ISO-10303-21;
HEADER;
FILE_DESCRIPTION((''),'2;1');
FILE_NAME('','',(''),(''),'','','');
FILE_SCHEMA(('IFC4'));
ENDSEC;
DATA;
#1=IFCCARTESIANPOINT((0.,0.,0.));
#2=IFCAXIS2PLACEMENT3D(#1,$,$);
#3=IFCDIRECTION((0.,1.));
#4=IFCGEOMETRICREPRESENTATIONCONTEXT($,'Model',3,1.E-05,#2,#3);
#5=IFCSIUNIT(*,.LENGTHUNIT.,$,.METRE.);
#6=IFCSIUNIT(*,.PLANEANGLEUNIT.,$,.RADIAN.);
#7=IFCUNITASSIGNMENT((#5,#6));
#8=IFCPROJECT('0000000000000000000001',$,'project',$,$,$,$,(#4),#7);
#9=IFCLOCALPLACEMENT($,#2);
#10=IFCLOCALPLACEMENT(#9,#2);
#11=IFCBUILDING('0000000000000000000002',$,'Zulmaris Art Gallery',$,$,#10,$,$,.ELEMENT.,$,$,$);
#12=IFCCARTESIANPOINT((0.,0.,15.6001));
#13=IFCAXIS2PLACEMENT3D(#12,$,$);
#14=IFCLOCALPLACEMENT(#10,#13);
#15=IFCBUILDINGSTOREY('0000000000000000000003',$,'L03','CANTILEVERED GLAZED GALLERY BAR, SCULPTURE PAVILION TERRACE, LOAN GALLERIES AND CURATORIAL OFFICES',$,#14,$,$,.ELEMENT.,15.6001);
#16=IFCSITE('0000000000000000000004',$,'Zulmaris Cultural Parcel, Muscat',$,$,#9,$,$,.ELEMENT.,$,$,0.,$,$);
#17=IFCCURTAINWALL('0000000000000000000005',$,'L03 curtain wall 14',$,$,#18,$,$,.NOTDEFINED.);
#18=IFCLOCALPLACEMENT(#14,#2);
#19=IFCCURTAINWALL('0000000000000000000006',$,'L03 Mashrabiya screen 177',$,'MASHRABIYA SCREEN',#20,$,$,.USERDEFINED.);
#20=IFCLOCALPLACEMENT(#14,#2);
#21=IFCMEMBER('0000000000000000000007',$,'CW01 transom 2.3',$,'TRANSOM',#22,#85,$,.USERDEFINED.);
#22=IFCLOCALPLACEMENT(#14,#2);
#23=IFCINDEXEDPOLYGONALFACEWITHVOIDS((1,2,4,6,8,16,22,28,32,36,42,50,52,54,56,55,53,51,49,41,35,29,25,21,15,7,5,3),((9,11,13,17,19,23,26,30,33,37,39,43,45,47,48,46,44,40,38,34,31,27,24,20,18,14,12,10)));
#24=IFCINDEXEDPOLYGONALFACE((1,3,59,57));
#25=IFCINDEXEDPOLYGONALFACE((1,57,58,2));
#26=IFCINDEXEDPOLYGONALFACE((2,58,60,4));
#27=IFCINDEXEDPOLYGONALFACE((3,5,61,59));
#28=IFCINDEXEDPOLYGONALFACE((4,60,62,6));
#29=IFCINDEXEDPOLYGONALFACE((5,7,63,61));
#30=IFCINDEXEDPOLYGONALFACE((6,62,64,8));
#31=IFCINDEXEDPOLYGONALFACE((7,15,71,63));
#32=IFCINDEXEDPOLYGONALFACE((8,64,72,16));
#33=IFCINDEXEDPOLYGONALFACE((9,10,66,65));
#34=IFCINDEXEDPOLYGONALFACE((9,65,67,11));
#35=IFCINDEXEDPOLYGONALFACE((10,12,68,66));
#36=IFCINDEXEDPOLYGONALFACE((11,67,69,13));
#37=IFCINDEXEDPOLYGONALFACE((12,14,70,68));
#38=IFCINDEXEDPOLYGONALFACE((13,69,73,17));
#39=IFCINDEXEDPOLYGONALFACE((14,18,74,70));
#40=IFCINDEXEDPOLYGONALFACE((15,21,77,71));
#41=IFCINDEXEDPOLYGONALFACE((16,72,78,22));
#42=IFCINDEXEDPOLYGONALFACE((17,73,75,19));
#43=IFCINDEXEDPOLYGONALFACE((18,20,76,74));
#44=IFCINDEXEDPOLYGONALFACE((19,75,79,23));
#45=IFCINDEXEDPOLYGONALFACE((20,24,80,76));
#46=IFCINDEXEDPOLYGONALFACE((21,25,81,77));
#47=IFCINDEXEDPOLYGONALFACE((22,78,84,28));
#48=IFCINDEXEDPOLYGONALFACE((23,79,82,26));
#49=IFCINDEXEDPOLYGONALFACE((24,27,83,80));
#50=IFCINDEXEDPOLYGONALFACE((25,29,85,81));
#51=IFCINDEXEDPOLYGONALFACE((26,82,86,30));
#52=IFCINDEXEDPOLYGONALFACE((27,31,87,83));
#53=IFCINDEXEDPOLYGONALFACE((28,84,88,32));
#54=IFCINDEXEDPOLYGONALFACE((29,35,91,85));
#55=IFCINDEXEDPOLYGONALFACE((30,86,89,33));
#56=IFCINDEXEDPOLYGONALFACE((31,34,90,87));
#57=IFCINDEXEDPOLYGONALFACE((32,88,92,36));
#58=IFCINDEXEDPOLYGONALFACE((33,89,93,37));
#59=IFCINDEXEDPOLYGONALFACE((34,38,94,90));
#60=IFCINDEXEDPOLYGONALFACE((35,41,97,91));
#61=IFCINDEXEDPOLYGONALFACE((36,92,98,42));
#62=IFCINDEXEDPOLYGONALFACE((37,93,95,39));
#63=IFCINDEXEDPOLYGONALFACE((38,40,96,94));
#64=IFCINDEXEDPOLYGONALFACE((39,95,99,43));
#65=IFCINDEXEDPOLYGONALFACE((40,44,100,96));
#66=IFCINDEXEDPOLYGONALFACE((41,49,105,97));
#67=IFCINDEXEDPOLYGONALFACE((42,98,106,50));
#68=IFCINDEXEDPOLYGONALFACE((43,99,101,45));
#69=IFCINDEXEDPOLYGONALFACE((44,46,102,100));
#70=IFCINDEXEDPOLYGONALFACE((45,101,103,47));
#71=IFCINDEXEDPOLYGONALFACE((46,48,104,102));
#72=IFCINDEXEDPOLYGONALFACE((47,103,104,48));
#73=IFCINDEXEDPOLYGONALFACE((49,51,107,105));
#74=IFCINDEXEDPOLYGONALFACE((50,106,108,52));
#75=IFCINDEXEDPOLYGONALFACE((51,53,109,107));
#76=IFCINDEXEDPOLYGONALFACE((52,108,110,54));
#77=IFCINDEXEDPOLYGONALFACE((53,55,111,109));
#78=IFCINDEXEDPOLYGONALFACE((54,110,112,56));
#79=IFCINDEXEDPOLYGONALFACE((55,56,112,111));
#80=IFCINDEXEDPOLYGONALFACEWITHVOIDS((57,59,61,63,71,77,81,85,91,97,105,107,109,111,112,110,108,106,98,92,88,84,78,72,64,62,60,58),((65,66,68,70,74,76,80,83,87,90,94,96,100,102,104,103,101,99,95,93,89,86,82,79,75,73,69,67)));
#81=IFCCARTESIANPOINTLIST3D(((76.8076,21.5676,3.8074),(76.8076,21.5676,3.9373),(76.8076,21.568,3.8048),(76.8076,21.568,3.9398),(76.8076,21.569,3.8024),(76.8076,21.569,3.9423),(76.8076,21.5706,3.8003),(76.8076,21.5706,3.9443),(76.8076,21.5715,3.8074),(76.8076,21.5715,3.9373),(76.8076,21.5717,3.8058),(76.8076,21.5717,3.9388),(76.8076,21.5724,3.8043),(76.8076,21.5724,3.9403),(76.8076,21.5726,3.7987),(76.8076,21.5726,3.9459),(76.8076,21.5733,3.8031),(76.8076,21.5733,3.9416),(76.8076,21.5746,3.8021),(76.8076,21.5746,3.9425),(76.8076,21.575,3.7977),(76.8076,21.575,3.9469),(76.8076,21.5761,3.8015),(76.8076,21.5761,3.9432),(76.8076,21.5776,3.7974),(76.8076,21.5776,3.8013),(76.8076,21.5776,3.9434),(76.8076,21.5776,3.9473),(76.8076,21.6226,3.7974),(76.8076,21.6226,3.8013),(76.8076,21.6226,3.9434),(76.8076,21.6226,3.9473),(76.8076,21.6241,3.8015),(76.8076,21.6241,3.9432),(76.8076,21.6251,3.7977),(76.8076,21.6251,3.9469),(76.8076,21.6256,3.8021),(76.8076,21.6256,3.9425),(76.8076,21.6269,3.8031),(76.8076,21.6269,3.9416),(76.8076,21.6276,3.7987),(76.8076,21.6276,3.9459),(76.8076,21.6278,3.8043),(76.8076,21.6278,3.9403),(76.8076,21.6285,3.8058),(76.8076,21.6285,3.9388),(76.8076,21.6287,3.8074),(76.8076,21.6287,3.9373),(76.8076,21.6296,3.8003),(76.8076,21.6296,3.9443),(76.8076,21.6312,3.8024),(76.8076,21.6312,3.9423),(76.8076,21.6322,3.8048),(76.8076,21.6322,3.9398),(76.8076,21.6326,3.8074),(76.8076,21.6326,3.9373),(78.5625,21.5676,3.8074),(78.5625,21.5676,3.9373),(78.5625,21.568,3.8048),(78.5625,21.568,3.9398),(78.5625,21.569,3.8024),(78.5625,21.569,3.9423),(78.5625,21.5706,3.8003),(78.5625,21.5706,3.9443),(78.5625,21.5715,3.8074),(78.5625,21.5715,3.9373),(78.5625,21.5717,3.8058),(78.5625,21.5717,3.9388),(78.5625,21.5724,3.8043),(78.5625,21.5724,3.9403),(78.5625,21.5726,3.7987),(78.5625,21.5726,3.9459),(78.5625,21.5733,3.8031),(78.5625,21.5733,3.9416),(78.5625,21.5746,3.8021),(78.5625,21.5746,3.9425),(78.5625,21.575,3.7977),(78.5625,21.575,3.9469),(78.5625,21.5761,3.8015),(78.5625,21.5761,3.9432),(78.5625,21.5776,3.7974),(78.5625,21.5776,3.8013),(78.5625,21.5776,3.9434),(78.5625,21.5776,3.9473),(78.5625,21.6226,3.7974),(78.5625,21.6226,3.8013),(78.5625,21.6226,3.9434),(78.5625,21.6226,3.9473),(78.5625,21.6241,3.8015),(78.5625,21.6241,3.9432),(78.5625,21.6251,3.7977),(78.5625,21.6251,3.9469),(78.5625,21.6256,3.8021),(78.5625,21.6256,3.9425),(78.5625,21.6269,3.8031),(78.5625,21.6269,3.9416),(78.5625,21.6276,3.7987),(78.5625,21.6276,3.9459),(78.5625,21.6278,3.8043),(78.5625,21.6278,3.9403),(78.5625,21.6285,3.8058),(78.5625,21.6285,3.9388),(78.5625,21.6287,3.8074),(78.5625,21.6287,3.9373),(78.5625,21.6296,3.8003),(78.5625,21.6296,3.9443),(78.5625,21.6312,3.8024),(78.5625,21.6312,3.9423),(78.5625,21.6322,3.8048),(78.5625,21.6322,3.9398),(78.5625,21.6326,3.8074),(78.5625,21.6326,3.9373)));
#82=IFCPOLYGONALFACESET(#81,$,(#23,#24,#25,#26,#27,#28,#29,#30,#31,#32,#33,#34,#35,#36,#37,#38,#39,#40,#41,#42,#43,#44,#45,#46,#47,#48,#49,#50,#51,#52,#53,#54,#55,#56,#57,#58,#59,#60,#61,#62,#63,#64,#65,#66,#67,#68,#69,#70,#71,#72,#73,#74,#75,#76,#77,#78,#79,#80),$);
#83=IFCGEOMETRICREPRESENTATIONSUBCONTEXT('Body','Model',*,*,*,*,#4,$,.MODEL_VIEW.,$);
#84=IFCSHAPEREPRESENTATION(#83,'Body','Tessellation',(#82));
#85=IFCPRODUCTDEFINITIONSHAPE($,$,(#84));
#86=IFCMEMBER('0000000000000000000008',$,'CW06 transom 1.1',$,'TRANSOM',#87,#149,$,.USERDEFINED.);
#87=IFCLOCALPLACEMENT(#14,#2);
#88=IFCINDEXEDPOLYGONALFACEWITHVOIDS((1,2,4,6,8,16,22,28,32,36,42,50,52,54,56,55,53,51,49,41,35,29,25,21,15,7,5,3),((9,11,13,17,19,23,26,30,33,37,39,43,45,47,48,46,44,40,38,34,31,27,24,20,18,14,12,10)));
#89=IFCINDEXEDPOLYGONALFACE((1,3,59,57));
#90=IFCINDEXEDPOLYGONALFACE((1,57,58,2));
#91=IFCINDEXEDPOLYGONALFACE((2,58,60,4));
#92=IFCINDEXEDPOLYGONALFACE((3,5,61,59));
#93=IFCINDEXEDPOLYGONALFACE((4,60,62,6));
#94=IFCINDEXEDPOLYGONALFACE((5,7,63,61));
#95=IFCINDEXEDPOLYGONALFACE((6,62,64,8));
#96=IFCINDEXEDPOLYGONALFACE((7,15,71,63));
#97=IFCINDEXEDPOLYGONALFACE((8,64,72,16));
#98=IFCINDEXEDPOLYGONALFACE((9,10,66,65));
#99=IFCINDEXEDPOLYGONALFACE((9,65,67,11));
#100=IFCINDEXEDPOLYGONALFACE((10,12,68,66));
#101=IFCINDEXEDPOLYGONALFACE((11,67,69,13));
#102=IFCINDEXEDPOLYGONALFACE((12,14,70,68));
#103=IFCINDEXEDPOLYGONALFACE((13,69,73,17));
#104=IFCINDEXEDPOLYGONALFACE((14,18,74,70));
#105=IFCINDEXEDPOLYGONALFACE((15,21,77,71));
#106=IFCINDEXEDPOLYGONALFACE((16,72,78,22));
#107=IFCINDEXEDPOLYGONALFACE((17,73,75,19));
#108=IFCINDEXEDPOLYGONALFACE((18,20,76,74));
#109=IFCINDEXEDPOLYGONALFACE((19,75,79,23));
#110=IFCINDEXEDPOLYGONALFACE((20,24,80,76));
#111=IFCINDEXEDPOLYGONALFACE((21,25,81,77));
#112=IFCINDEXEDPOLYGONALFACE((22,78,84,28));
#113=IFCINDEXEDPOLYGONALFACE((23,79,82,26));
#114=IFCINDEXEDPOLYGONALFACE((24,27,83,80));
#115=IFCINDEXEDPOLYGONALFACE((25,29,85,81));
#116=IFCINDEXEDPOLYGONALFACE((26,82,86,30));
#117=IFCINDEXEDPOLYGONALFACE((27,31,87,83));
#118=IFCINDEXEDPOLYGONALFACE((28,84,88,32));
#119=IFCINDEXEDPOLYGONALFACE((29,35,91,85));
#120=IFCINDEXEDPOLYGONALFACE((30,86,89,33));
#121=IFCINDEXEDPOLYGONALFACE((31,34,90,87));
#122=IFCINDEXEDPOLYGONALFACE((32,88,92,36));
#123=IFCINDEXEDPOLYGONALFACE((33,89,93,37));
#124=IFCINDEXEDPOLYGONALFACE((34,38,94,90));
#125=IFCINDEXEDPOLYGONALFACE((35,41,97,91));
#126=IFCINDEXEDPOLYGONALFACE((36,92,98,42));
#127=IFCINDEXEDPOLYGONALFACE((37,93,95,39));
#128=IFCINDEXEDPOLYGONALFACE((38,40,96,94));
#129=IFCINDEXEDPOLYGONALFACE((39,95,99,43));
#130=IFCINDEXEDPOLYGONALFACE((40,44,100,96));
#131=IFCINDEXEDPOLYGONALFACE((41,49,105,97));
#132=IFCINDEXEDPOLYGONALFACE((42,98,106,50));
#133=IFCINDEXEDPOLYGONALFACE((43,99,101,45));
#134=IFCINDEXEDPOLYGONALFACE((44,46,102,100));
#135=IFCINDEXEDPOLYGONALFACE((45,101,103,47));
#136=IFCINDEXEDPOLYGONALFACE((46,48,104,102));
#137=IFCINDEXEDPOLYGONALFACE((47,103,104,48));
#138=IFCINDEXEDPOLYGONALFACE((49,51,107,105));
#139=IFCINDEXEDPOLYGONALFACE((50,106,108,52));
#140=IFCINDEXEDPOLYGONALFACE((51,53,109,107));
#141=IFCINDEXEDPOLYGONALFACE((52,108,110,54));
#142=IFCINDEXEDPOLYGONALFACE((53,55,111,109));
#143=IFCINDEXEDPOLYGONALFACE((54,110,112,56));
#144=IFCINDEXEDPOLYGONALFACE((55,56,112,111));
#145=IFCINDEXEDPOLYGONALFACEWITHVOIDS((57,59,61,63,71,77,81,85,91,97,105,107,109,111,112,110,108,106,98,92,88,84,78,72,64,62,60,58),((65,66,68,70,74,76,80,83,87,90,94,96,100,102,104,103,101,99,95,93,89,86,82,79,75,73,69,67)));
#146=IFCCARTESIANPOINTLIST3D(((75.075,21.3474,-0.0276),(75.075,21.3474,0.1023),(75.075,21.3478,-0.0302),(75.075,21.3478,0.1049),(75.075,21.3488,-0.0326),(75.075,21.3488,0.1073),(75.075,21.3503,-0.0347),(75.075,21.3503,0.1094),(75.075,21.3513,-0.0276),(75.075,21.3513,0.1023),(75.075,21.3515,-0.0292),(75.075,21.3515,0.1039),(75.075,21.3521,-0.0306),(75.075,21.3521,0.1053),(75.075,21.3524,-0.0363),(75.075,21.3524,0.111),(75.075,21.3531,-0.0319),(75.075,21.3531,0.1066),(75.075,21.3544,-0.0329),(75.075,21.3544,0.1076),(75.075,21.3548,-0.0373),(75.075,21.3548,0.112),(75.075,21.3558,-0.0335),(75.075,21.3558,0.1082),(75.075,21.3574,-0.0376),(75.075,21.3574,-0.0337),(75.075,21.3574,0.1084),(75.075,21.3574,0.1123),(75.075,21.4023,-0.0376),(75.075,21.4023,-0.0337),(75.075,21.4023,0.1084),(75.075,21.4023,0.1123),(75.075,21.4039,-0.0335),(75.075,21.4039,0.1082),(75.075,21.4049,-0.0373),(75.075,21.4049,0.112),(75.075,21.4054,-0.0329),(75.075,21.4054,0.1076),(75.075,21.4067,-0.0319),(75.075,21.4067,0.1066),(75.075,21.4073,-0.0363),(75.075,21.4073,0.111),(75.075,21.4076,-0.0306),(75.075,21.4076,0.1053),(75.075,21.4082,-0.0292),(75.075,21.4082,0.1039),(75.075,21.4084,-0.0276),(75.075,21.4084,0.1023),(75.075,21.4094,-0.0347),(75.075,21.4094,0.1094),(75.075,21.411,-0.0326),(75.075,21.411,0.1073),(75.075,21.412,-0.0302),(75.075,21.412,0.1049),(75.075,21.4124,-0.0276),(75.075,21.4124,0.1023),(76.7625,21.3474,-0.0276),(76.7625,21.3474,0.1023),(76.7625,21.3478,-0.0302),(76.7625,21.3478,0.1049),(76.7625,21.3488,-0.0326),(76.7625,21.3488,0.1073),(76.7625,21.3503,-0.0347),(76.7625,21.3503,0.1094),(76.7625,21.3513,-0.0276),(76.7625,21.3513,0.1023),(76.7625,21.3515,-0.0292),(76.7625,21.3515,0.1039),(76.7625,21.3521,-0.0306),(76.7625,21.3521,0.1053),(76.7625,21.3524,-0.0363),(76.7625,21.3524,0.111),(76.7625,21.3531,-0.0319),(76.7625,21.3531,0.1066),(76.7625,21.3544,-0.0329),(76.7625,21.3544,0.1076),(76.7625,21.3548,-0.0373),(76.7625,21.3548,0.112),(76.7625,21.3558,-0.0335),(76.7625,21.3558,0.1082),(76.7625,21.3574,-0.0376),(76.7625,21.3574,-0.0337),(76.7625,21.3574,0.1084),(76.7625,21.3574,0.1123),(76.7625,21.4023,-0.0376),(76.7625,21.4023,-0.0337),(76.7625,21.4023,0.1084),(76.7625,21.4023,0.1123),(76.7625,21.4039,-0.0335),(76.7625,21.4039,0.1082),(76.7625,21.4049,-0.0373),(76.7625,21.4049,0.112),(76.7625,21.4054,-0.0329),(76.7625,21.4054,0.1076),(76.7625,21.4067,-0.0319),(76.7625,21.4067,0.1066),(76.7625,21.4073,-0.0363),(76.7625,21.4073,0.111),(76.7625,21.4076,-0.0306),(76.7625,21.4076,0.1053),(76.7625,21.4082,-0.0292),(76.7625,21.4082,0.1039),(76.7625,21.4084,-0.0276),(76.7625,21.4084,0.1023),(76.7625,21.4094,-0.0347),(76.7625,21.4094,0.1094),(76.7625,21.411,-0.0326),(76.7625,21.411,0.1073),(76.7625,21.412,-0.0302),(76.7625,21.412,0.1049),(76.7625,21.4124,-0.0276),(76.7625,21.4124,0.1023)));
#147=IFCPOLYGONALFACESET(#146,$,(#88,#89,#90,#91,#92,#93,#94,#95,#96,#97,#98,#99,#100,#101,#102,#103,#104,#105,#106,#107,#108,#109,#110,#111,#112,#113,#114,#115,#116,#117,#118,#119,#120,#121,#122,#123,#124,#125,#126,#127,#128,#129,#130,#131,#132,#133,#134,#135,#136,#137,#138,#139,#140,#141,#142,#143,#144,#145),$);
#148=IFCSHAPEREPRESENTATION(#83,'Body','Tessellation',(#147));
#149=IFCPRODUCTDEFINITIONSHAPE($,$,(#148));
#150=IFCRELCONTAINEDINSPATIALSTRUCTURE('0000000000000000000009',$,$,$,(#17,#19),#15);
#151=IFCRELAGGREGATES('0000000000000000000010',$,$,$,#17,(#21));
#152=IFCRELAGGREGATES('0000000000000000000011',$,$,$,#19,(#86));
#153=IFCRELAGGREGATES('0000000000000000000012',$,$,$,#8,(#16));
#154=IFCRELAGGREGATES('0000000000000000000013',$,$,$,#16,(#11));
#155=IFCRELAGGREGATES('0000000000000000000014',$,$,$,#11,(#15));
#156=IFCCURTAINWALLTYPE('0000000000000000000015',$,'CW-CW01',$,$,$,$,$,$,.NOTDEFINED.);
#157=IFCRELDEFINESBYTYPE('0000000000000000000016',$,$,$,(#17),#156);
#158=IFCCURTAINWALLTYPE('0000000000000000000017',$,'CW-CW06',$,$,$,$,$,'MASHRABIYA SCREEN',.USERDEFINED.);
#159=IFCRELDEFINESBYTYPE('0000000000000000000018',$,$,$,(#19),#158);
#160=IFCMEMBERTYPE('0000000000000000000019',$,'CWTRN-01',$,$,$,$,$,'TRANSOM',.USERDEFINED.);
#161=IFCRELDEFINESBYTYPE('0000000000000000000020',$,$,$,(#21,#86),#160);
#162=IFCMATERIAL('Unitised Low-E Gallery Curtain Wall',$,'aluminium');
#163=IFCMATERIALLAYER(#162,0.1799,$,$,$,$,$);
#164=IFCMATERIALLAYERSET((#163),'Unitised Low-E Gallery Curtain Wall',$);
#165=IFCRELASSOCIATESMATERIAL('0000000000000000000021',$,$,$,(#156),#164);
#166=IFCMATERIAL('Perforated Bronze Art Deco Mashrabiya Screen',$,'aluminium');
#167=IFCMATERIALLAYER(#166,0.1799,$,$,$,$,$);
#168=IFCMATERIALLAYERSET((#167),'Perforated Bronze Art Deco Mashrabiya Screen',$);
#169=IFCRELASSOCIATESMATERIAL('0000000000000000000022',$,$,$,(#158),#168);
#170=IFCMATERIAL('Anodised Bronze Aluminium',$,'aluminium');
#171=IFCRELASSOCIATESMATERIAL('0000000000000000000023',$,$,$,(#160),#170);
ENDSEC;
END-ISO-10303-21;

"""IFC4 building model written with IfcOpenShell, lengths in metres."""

from ifc_helpers import new_model, si_unit, direction, frame, origin, origin_2d, place, context, subcontext, project, spatial, hollow_rectangle, extrude, material, layer, layer_set, material_profile, profile_set, type_object, element, aggregate, save


model = new_model("IFC4")

# Units and contexts
model_context = context("Model", 3, precision=1e-05, world=origin(), true_north=direction((0.0, 1.0)))
body_context = subcontext(model_context, "Body", "Model", "MODEL_VIEW")
ifc_project = project(units=[si_unit("LENGTHUNIT", "METRE"), si_unit("PLANEANGLEUNIT", "RADIAN")], contexts=[model_context])

# Site, building, storey
site_placement = place(None, origin())
site = spatial("IfcSite", under=ifc_project, at=site_placement, Name="Zulmaris Cultural Parcel, Muscat", CompositionType="ELEMENT", RefElevation=0.0)
building_placement = place(site_placement, origin())
building = spatial("IfcBuilding", under=site, at=building_placement, Name="Zulmaris Art Gallery", CompositionType="ELEMENT")
storey_placement = place(building_placement, frame((0.0, 0.0, 15.6001)))
storey = spatial("IfcBuildingStorey", under=building, at=storey_placement, Name="L03", Description="CANTILEVERED GLAZED GALLERY BAR, SCULPTURE PAVILION TERRACE, LOAN GALLERIES AND CURATORIAL OFFICES", CompositionType="ELEMENT", Elevation=15.6001)

# Curtain wall
ifc_material_1 = material(Name="Unitised Low-E Gallery Curtain Wall", Category="aluminium")
ifc_layer_1 = layer(ifc_material_1, 0.1799)
ifc_layer_set_1 = layer_set([ifc_layer_1], Name="Unitised Low-E Gallery Curtain Wall")
curtain_wall_type_1 = type_object("IfcCurtainWallType", Name="CW-CW01", PredefinedType="NOTDEFINED", material=ifc_layer_set_1)
curtain_wall_1_placement = place(storey_placement, origin())
curtain_wall_1 = element("IfcCurtainWall", 1, at=curtain_wall_1_placement, inside=storey, type_object=curtain_wall_type_1, Name="L03 curtain wall 14", PredefinedType="NOTDEFINED")
ifc_material_2 = material(Name="Anodised Bronze Aluminium", Category="aluminium")

# Shared definitions
ifc_material_3 = material(Name="Perforated Bronze Art Deco Mashrabiya Screen", Category="aluminium")
ifc_layer_2 = layer(ifc_material_3, 0.1799)
ifc_layer_set_2 = layer_set([ifc_layer_2], Name="Perforated Bronze Art Deco Mashrabiya Screen")
curtain_wall_type_2 = type_object("IfcCurtainWallType", Name="CW-CW06", ElementType="MASHRABIYA SCREEN", PredefinedType="USERDEFINED", material=ifc_layer_set_2)

# Curtain wall
curtain_wall_2_placement = place(storey_placement, origin())
curtain_wall_2 = element("IfcCurtainWall", 2, at=curtain_wall_2_placement, inside=storey, type_object=curtain_wall_type_2, Name="L03 Mashrabiya screen 177", ObjectType="MASHRABIYA SCREEN", PredefinedType="USERDEFINED")

# Members
ifc_material_profile_1 = material_profile(ifc_material_2, hollow_rectangle(XDim=0.0649, YDim=0.1499, WallThickness=0.0039, InnerFilletRadius=0.0061, OuterFilletRadius=0.01, at=origin_2d()), Name="ALU 65x150x4")
ifc_profile_set_1 = profile_set([ifc_material_profile_1], Name="Anodised Bronze Aluminium")
member_type_1 = type_object("IfcMemberType", Name="CWTRN-01", ElementType="TRANSOM", PredefinedType="USERDEFINED", material=ifc_profile_set_1)
member_1_placement = place(storey_placement, frame((76.8076, 21.6001, 3.8723), z_axis=(1.0, 0.0, 0.0), x_axis=(0.0, 1.0, 0.0)))
member_1 = element("IfcMember", 3, at=member_1_placement, type_object=member_type_1, Name="CW01 transom 2.3", ObjectType="TRANSOM", PredefinedType="USERDEFINED", context=body_context, shape_type="SweptSolid", body=[
    extrude(hollow_rectangle(XDim=0.0649, YDim=0.1499, WallThickness=0.0039, InnerFilletRadius=0.0061, OuterFilletRadius=0.01, at=origin_2d()), origin(), (0.0, 0.0, 1.0), 1.7549),
])
member_2_placement = place(storey_placement, frame((75.075, 21.3799, 0.0374), z_axis=(1.0, 0.0, 0.0), x_axis=(0.0, 1.0, 0.0)))
member_2 = element("IfcMember", 4, at=member_2_placement, type_object=member_type_1, Name="CW06 transom 1.1", ObjectType="TRANSOM", PredefinedType="USERDEFINED", context=body_context, shape_type="SweptSolid", body=[
    extrude(hollow_rectangle(XDim=0.0649, YDim=0.1499, WallThickness=0.0039, InnerFilletRadius=0.0061, OuterFilletRadius=0.01, at=origin_2d()), origin(), (0.0, 0.0, 1.0), 1.6875),
])

aggregate(curtain_wall_1, [member_1])
aggregate(curtain_wall_2, [member_2])

save(model, "model.ifc")
